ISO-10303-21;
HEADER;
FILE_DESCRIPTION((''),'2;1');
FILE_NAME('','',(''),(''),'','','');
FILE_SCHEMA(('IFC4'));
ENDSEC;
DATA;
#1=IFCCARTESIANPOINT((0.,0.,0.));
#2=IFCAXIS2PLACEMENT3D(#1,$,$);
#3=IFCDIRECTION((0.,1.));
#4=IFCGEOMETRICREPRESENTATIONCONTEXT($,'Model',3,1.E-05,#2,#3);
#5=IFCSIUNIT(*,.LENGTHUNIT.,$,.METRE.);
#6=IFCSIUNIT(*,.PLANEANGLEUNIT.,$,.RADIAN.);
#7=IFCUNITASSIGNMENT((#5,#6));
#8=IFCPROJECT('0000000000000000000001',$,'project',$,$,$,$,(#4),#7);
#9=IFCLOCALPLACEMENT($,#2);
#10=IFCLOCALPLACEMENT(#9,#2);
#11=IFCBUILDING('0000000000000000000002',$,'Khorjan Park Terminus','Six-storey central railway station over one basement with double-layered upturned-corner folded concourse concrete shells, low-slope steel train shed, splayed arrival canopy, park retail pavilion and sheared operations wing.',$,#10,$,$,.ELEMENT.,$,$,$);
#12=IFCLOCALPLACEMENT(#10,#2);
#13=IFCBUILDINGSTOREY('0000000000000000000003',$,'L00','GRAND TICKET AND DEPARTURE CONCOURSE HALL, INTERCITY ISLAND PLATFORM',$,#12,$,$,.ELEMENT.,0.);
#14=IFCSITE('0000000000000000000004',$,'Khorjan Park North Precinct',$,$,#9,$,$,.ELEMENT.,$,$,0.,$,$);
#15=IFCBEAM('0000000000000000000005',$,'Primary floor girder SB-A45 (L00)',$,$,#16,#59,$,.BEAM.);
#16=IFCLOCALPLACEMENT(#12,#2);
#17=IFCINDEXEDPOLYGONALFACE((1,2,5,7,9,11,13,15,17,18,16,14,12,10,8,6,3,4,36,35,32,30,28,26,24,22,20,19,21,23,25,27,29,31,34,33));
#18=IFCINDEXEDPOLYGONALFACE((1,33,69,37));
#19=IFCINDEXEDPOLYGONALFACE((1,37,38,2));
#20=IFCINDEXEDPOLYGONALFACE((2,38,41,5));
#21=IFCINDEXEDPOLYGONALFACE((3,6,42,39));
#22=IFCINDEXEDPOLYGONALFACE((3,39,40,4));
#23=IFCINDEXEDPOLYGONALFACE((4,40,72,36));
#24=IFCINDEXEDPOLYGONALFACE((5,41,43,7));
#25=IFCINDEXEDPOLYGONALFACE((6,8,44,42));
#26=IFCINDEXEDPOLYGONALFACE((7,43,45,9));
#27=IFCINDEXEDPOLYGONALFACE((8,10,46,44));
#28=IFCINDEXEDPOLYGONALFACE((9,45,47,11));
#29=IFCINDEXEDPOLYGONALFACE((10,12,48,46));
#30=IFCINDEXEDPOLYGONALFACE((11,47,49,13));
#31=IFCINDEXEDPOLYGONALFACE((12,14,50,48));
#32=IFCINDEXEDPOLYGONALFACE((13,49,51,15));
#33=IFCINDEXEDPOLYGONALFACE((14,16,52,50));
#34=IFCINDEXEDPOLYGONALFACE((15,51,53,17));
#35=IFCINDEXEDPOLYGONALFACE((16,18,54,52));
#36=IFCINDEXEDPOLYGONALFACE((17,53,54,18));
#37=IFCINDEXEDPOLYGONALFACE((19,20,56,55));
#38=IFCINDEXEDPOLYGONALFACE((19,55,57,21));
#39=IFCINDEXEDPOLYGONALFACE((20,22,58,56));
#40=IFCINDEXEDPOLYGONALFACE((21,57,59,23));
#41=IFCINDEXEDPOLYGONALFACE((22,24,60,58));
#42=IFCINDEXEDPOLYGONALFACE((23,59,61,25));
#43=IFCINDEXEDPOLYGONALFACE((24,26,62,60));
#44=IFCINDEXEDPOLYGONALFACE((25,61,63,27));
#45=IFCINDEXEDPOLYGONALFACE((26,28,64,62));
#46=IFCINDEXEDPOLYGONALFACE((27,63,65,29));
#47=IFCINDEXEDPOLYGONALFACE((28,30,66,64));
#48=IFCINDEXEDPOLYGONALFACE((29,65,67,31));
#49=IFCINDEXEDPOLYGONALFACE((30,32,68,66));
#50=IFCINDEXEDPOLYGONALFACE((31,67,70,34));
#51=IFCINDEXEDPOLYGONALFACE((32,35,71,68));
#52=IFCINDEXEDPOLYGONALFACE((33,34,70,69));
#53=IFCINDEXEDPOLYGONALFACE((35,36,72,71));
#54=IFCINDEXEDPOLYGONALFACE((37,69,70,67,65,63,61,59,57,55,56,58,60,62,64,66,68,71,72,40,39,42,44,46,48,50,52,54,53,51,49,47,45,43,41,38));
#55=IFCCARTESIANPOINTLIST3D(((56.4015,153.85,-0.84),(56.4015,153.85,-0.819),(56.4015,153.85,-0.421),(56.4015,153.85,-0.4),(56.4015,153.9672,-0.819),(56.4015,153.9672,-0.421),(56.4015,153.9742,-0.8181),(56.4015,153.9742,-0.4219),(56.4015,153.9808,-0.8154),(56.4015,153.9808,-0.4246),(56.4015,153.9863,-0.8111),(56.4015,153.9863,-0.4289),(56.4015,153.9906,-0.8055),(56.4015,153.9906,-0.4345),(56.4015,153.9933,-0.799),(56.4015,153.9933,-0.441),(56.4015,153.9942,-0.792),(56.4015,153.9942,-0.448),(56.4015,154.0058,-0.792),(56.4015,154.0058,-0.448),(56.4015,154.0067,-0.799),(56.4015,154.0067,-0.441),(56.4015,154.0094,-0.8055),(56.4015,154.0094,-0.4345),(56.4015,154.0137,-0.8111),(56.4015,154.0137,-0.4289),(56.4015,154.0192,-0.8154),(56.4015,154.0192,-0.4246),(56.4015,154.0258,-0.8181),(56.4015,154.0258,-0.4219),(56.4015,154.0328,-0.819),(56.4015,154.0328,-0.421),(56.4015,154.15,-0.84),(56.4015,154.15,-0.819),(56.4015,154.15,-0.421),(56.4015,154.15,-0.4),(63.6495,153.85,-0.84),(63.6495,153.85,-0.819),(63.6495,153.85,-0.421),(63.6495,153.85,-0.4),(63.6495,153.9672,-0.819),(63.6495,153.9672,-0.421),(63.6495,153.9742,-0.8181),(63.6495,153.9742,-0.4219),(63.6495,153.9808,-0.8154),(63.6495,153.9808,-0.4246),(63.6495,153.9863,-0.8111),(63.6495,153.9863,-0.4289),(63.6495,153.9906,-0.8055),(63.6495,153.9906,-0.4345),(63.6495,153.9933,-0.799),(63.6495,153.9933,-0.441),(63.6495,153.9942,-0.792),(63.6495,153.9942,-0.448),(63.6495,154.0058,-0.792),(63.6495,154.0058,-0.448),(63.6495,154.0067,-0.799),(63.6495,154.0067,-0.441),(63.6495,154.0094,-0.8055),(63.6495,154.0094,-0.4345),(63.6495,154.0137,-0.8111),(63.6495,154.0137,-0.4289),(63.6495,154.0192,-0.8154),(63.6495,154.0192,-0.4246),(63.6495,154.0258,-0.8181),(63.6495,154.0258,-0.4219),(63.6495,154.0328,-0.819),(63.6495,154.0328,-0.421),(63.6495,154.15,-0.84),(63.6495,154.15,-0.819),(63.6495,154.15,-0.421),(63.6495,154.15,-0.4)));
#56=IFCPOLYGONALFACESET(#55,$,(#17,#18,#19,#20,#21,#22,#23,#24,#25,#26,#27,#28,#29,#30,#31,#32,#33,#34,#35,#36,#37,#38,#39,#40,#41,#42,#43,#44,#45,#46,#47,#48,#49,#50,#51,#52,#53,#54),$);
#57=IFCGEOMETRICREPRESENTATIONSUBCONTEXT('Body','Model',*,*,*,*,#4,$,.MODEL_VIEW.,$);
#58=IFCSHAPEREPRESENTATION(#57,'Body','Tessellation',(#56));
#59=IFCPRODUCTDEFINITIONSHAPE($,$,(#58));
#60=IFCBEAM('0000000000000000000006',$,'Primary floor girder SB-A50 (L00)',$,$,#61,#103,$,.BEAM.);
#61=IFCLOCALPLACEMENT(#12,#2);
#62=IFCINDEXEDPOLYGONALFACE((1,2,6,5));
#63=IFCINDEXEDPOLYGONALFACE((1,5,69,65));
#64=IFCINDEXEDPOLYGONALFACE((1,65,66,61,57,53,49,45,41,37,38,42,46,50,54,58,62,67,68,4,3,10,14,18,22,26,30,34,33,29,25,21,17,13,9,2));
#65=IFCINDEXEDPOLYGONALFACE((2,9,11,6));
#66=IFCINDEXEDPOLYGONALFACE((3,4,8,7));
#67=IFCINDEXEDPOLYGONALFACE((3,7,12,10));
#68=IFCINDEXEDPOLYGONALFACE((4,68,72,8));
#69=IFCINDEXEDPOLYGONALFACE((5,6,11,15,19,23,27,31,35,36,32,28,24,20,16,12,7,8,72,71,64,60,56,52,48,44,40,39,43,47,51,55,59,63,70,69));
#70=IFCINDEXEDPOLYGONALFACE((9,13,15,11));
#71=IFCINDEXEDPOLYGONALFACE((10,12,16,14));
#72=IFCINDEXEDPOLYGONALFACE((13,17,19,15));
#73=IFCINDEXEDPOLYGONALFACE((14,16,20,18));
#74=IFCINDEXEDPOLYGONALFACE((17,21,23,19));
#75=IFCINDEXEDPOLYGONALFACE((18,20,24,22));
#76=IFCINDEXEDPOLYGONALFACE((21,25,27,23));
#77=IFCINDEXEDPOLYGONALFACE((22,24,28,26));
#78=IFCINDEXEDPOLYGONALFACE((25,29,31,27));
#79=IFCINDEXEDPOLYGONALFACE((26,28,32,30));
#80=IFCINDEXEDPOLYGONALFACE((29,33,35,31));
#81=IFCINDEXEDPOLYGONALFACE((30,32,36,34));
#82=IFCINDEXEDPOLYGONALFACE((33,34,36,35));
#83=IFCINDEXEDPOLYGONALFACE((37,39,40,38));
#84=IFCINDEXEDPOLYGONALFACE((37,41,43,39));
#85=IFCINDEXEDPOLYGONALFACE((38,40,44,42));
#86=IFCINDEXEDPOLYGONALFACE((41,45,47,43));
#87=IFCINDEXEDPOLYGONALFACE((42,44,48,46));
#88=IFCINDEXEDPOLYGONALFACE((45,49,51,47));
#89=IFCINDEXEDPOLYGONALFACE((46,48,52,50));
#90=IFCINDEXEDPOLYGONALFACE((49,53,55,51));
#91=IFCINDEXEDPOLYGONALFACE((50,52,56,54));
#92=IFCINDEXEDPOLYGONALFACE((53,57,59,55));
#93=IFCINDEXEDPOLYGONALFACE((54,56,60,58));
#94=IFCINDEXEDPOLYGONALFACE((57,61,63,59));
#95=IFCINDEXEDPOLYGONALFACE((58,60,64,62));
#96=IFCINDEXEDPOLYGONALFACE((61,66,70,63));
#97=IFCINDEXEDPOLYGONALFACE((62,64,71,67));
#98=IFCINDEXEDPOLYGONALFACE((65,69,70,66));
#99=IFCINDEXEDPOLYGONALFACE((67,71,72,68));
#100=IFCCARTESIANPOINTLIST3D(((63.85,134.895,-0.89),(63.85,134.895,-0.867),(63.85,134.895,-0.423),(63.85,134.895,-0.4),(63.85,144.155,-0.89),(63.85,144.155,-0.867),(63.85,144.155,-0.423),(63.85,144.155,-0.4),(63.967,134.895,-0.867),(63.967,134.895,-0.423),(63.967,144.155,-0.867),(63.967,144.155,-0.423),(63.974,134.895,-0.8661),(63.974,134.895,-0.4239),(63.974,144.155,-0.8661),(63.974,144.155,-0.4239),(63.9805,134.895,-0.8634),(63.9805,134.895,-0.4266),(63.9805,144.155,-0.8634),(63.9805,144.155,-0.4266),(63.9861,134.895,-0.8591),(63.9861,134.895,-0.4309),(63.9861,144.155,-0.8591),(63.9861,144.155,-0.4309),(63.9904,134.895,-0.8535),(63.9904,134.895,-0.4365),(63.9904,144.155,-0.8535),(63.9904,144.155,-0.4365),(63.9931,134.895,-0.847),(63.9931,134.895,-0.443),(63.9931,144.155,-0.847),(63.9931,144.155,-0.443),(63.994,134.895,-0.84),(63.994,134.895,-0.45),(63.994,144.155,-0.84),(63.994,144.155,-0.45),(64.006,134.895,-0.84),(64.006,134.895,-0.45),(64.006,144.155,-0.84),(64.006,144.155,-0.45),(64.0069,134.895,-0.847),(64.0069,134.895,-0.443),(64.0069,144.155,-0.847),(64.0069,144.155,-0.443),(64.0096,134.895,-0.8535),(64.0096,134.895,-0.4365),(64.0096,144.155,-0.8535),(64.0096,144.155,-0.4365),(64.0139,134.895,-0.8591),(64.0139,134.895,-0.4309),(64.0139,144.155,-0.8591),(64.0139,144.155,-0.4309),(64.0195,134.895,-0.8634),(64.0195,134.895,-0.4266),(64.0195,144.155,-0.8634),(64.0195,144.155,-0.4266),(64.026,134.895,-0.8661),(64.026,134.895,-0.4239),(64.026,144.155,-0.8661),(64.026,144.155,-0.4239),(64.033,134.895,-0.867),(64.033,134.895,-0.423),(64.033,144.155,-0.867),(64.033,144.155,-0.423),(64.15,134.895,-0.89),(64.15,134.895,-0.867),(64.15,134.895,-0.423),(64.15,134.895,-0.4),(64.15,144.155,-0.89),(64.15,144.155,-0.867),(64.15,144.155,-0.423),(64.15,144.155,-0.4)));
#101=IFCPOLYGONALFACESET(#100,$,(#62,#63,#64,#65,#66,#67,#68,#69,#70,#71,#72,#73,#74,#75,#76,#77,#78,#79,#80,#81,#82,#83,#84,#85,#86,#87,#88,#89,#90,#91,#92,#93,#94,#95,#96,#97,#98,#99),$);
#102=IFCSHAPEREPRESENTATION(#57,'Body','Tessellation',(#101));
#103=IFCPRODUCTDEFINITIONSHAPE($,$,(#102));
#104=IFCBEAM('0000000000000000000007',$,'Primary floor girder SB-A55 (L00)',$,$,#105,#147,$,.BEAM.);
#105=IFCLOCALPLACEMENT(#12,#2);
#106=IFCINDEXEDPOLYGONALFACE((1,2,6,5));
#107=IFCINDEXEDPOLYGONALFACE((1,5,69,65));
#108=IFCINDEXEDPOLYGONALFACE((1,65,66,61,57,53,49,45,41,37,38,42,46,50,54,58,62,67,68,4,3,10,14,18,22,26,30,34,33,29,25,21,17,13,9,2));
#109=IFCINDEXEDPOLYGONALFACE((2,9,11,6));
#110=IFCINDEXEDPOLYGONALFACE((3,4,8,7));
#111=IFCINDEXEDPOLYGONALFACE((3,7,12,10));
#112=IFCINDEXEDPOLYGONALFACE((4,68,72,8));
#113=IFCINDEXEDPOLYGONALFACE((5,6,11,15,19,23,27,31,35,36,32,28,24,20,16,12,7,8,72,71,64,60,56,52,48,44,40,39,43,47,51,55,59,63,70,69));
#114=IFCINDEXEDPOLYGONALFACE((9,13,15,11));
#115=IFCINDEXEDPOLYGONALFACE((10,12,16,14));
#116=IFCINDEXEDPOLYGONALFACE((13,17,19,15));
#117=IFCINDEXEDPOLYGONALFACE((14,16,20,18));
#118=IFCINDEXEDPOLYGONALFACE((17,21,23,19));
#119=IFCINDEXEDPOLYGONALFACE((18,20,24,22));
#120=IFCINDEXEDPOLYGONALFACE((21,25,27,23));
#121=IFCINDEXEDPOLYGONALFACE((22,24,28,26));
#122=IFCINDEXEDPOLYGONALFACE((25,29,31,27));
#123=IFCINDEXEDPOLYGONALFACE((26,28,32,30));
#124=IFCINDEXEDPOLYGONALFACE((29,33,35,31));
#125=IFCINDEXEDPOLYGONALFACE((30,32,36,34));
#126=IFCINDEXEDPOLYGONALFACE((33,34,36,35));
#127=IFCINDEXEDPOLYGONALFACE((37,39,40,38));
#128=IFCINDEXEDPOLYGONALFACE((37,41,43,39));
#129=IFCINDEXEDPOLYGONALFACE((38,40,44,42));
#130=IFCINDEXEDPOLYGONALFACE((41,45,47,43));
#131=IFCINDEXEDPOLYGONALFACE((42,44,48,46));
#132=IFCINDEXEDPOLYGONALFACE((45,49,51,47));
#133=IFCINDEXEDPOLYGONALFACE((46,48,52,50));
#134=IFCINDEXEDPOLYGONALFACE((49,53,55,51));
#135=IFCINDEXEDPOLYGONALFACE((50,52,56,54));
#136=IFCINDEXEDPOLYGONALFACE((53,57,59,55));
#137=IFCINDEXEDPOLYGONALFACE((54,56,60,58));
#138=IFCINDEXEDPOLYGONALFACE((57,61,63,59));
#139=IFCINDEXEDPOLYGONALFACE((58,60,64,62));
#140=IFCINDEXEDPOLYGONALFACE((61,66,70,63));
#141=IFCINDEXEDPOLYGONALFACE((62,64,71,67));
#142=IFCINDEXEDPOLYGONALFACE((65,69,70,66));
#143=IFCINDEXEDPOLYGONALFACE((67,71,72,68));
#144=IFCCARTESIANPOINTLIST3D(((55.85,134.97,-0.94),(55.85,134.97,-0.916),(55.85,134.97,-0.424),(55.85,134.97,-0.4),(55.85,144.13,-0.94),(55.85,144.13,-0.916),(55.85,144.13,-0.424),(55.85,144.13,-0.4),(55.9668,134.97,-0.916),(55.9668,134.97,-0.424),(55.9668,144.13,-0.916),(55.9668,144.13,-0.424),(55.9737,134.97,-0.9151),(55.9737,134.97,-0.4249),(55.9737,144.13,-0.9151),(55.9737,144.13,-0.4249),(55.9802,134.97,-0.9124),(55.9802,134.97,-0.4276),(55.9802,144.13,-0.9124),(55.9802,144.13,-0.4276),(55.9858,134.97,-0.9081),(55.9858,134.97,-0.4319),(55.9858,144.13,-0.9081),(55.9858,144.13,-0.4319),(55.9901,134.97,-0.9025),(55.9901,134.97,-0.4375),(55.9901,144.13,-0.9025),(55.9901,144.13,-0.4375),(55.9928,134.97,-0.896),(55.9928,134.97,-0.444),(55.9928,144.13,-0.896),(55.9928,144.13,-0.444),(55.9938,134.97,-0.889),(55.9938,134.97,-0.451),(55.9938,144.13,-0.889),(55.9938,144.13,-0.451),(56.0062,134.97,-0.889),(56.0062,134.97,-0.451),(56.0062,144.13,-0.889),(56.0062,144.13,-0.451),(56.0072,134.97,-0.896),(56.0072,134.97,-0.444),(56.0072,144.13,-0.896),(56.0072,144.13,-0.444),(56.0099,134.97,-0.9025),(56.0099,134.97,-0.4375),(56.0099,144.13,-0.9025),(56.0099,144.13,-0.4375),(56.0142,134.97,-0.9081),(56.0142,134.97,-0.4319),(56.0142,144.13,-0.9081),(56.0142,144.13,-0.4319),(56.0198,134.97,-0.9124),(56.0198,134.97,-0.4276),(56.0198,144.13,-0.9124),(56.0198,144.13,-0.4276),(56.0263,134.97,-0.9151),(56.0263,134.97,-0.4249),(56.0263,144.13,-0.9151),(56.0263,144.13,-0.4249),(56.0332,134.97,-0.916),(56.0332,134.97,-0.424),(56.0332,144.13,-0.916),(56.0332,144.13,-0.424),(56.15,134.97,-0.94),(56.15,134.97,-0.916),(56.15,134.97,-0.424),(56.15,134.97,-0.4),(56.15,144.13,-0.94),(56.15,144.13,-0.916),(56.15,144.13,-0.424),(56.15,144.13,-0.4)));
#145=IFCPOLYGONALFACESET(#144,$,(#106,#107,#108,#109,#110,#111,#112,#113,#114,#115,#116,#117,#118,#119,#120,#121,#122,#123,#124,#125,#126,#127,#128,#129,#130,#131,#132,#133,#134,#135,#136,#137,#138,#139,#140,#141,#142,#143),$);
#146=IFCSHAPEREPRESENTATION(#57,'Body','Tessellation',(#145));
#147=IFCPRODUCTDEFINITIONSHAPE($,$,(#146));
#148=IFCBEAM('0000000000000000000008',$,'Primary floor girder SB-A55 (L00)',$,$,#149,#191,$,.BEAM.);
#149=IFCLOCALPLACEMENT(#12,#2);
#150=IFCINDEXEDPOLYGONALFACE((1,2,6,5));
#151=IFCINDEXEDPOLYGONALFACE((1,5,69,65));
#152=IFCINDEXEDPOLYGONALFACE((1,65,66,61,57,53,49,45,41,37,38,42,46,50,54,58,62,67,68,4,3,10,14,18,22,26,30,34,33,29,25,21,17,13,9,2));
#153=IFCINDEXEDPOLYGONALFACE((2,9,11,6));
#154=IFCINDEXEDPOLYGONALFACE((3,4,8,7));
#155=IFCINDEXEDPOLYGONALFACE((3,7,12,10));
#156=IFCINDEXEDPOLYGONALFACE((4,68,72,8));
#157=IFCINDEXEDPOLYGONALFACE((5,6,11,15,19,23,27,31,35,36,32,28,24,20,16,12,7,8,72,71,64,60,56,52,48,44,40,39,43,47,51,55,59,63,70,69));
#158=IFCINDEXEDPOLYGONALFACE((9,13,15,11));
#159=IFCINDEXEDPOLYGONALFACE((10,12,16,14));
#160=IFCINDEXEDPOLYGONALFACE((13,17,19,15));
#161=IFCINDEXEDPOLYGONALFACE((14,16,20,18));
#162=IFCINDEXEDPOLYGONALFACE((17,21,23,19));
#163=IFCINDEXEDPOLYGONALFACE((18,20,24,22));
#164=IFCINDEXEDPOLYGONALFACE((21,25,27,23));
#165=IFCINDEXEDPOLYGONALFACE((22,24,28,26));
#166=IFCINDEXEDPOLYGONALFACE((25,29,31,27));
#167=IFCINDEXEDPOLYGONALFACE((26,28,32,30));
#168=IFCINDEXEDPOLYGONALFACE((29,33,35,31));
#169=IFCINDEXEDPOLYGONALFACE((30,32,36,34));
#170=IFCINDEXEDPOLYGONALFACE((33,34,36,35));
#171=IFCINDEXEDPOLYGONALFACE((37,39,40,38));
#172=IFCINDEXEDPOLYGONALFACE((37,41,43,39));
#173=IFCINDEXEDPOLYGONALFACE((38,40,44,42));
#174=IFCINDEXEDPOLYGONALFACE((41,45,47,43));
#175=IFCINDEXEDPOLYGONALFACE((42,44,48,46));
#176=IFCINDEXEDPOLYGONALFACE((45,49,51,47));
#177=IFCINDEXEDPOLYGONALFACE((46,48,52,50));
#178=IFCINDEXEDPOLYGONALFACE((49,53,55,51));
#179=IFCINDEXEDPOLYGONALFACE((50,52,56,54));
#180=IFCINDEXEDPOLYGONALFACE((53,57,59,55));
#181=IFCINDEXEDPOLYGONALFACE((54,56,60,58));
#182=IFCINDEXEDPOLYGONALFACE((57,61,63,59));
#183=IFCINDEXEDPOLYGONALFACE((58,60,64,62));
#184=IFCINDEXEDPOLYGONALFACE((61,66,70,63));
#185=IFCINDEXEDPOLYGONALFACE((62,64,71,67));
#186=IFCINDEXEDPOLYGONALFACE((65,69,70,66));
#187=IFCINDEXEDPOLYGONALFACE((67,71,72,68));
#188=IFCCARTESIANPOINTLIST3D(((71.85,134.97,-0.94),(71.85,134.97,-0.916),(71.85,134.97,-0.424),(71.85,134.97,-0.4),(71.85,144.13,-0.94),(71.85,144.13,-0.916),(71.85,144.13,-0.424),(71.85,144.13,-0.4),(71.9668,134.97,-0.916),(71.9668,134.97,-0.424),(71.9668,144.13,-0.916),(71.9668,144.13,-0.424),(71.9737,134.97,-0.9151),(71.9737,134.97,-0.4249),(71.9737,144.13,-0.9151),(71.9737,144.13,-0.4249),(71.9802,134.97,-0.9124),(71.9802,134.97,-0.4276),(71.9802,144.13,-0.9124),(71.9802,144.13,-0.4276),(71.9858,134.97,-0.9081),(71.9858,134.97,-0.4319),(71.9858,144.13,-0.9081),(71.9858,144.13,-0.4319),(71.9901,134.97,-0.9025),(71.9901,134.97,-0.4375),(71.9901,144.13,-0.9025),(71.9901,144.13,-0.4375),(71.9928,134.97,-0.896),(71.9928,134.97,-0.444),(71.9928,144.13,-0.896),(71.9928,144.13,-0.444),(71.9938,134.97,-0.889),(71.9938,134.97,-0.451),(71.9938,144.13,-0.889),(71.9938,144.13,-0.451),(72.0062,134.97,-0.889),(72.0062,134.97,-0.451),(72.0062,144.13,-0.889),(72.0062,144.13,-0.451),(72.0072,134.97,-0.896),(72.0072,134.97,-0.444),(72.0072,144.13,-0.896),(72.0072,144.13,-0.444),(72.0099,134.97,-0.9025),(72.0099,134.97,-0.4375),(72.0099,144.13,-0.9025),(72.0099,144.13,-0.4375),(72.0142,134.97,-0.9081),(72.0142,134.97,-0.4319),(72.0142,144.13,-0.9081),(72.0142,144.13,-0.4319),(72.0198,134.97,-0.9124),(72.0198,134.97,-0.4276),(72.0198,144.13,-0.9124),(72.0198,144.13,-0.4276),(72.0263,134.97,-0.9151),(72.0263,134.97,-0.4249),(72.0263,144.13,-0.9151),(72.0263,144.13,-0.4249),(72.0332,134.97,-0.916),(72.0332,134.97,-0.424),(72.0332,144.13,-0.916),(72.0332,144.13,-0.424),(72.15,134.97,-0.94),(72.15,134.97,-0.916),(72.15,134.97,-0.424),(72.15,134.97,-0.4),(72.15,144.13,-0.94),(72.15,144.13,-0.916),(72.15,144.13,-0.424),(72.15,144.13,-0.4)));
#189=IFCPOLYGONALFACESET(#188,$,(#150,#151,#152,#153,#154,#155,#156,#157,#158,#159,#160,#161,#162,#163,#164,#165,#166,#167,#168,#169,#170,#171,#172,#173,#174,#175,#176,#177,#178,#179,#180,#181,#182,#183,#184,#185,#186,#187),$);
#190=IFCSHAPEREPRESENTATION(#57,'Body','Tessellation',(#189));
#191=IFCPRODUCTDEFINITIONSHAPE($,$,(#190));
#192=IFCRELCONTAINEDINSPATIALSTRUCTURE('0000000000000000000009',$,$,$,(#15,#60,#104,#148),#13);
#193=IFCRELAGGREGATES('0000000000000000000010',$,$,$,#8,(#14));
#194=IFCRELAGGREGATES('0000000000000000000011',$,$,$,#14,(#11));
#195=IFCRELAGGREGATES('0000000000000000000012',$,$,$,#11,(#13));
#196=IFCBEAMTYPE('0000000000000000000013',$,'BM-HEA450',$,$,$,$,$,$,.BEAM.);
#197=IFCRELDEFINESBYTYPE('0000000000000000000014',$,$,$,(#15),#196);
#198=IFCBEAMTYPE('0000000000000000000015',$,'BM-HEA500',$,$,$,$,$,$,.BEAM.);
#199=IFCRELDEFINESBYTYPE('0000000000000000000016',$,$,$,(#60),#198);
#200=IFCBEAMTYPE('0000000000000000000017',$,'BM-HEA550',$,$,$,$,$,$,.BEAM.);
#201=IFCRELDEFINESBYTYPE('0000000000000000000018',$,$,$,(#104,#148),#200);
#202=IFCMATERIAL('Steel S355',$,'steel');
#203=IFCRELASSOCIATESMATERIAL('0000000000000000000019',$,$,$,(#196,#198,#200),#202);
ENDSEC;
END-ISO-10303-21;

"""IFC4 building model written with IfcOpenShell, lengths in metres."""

from ifc_helpers import new_model, si_unit, direction, frame, origin, origin_2d, place, context, subcontext, project, spatial, i_section, extrude, material, material_profile, profile_set, type_object, element, save


model = new_model("IFC4")

# Units and contexts
model_context = context("Model", 3, precision=1e-05, world=origin(), true_north=direction((0.0, 1.0)))
body_context = subcontext(model_context, "Body", "Model", "MODEL_VIEW")
ifc_project = project(units=[si_unit("LENGTHUNIT", "METRE"), si_unit("PLANEANGLEUNIT", "RADIAN")], contexts=[model_context])

# Site, building, storey
site_placement = place(None, origin())
site = spatial("IfcSite", under=ifc_project, at=site_placement, Name="Khorjan Park North Precinct", CompositionType="ELEMENT", RefElevation=0.0)
building_placement = place(site_placement, origin())
building = spatial("IfcBuilding", under=site, at=building_placement, Name="Khorjan Park Terminus", Description="Six-storey central railway station over one basement with double-layered upturned-corner folded concourse concrete shells, low-slope steel train shed, splayed arrival canopy, park retail pavilion and sheared operations wing.", CompositionType="ELEMENT")
storey_placement = place(building_placement, origin())
storey = spatial("IfcBuildingStorey", under=building, at=storey_placement, Name="L00", Description="GRAND TICKET AND DEPARTURE CONCOURSE HALL, INTERCITY ISLAND PLATFORM", CompositionType="ELEMENT", Elevation=0.0)

# Shared definitions
ifc_material_1 = material(Name="Steel S355", Category="steel")

# Beams
ifc_material_profile_1 = material_profile(ifc_material_1, i_section(OverallWidth=0.3, OverallDepth=0.44, WebThickness=0.0115, FlangeThickness=0.021, FilletRadius=0.027, at=origin_2d()), Name="HEA 450")
ifc_profile_set_1 = profile_set([ifc_material_profile_1], Name="Steel S355")
beam_type_1 = type_object("IfcBeamType", Name="BM-HEA450", PredefinedType="BEAM", material=ifc_profile_set_1)
beam_1_placement = place(storey_placement, frame((56.4015, 154.0, -0.62), z_axis=(1.0, 0.0, 0.0), x_axis=(0.0, 1.0, 0.0)))
element("IfcBeam", 1, at=beam_1_placement, inside=storey, type_object=beam_type_1, Name="Primary floor girder SB-A45 (L00)", PredefinedType="BEAM", context=body_context, shape_type="SweptSolid", body=[
    extrude(i_section(OverallWidth=0.3, OverallDepth=0.44, WebThickness=0.0115, FlangeThickness=0.021, FilletRadius=0.027, at=origin_2d()), origin(), (0.0, 0.0, 1.0), 7.248),
])
ifc_material_profile_2 = material_profile(ifc_material_1, i_section(OverallWidth=0.3, OverallDepth=0.49, WebThickness=0.012, FlangeThickness=0.023, FilletRadius=0.027, at=origin_2d()), Name="HEA 500")
ifc_profile_set_2 = profile_set([ifc_material_profile_2], Name="Steel S355")
beam_type_2 = type_object("IfcBeamType", Name="BM-HEA500", PredefinedType="BEAM", material=ifc_profile_set_2)
beam_2_placement = place(storey_placement, frame((64.0, 134.895, -0.645), z_axis=(0.0, 1.0, 0.0), x_axis=(-1.0, 0.0, 0.0)))
element("IfcBeam", 2, at=beam_2_placement, inside=storey, type_object=beam_type_2, Name="Primary floor girder SB-A50 (L00)", PredefinedType="BEAM", context=body_context, shape_type="SweptSolid", body=[
    extrude(i_section(OverallWidth=0.3, OverallDepth=0.49, WebThickness=0.012, FlangeThickness=0.023, FilletRadius=0.027, at=origin_2d()), origin(), (0.0, 0.0, 1.0), 9.26),
])
ifc_material_profile_3 = material_profile(ifc_material_1, i_section(OverallWidth=0.3, OverallDepth=0.54, WebThickness=0.0125, FlangeThickness=0.024, FilletRadius=0.027, at=origin_2d()), Name="HEA 550")
ifc_profile_set_3 = profile_set([ifc_material_profile_3], Name="Steel S355")
beam_type_3 = type_object("IfcBeamType", Name="BM-HEA550", PredefinedType="BEAM", material=ifc_profile_set_3)
for number, where, z_axis, x_axis, name in (
    (3, (56.0, 134.97, -0.67), (0.0, 1.0, 0.0), (-1.0, 0.0, 0.0), "Primary floor girder SB-A55 (L00)"),
    (4, (72.0, 134.97, -0.67), (0.0, 1.0, 0.0), (-1.0, 0.0, 0.0), "Primary floor girder SB-A55 (L00)"),
):
    element("IfcBeam", number, at=place(storey_placement, frame(where, z_axis=z_axis, x_axis=x_axis)), inside=storey, type_object=beam_type_3, Name=name, PredefinedType="BEAM", context=body_context, shape_type="SweptSolid", body=[
        extrude(i_section(OverallWidth=0.3, OverallDepth=0.54, WebThickness=0.0125, FlangeThickness=0.024, FilletRadius=0.027, at=origin_2d()), origin(), (0.0, 0.0, 1.0), 9.16),
    ])

save(model, "model.ifc")
